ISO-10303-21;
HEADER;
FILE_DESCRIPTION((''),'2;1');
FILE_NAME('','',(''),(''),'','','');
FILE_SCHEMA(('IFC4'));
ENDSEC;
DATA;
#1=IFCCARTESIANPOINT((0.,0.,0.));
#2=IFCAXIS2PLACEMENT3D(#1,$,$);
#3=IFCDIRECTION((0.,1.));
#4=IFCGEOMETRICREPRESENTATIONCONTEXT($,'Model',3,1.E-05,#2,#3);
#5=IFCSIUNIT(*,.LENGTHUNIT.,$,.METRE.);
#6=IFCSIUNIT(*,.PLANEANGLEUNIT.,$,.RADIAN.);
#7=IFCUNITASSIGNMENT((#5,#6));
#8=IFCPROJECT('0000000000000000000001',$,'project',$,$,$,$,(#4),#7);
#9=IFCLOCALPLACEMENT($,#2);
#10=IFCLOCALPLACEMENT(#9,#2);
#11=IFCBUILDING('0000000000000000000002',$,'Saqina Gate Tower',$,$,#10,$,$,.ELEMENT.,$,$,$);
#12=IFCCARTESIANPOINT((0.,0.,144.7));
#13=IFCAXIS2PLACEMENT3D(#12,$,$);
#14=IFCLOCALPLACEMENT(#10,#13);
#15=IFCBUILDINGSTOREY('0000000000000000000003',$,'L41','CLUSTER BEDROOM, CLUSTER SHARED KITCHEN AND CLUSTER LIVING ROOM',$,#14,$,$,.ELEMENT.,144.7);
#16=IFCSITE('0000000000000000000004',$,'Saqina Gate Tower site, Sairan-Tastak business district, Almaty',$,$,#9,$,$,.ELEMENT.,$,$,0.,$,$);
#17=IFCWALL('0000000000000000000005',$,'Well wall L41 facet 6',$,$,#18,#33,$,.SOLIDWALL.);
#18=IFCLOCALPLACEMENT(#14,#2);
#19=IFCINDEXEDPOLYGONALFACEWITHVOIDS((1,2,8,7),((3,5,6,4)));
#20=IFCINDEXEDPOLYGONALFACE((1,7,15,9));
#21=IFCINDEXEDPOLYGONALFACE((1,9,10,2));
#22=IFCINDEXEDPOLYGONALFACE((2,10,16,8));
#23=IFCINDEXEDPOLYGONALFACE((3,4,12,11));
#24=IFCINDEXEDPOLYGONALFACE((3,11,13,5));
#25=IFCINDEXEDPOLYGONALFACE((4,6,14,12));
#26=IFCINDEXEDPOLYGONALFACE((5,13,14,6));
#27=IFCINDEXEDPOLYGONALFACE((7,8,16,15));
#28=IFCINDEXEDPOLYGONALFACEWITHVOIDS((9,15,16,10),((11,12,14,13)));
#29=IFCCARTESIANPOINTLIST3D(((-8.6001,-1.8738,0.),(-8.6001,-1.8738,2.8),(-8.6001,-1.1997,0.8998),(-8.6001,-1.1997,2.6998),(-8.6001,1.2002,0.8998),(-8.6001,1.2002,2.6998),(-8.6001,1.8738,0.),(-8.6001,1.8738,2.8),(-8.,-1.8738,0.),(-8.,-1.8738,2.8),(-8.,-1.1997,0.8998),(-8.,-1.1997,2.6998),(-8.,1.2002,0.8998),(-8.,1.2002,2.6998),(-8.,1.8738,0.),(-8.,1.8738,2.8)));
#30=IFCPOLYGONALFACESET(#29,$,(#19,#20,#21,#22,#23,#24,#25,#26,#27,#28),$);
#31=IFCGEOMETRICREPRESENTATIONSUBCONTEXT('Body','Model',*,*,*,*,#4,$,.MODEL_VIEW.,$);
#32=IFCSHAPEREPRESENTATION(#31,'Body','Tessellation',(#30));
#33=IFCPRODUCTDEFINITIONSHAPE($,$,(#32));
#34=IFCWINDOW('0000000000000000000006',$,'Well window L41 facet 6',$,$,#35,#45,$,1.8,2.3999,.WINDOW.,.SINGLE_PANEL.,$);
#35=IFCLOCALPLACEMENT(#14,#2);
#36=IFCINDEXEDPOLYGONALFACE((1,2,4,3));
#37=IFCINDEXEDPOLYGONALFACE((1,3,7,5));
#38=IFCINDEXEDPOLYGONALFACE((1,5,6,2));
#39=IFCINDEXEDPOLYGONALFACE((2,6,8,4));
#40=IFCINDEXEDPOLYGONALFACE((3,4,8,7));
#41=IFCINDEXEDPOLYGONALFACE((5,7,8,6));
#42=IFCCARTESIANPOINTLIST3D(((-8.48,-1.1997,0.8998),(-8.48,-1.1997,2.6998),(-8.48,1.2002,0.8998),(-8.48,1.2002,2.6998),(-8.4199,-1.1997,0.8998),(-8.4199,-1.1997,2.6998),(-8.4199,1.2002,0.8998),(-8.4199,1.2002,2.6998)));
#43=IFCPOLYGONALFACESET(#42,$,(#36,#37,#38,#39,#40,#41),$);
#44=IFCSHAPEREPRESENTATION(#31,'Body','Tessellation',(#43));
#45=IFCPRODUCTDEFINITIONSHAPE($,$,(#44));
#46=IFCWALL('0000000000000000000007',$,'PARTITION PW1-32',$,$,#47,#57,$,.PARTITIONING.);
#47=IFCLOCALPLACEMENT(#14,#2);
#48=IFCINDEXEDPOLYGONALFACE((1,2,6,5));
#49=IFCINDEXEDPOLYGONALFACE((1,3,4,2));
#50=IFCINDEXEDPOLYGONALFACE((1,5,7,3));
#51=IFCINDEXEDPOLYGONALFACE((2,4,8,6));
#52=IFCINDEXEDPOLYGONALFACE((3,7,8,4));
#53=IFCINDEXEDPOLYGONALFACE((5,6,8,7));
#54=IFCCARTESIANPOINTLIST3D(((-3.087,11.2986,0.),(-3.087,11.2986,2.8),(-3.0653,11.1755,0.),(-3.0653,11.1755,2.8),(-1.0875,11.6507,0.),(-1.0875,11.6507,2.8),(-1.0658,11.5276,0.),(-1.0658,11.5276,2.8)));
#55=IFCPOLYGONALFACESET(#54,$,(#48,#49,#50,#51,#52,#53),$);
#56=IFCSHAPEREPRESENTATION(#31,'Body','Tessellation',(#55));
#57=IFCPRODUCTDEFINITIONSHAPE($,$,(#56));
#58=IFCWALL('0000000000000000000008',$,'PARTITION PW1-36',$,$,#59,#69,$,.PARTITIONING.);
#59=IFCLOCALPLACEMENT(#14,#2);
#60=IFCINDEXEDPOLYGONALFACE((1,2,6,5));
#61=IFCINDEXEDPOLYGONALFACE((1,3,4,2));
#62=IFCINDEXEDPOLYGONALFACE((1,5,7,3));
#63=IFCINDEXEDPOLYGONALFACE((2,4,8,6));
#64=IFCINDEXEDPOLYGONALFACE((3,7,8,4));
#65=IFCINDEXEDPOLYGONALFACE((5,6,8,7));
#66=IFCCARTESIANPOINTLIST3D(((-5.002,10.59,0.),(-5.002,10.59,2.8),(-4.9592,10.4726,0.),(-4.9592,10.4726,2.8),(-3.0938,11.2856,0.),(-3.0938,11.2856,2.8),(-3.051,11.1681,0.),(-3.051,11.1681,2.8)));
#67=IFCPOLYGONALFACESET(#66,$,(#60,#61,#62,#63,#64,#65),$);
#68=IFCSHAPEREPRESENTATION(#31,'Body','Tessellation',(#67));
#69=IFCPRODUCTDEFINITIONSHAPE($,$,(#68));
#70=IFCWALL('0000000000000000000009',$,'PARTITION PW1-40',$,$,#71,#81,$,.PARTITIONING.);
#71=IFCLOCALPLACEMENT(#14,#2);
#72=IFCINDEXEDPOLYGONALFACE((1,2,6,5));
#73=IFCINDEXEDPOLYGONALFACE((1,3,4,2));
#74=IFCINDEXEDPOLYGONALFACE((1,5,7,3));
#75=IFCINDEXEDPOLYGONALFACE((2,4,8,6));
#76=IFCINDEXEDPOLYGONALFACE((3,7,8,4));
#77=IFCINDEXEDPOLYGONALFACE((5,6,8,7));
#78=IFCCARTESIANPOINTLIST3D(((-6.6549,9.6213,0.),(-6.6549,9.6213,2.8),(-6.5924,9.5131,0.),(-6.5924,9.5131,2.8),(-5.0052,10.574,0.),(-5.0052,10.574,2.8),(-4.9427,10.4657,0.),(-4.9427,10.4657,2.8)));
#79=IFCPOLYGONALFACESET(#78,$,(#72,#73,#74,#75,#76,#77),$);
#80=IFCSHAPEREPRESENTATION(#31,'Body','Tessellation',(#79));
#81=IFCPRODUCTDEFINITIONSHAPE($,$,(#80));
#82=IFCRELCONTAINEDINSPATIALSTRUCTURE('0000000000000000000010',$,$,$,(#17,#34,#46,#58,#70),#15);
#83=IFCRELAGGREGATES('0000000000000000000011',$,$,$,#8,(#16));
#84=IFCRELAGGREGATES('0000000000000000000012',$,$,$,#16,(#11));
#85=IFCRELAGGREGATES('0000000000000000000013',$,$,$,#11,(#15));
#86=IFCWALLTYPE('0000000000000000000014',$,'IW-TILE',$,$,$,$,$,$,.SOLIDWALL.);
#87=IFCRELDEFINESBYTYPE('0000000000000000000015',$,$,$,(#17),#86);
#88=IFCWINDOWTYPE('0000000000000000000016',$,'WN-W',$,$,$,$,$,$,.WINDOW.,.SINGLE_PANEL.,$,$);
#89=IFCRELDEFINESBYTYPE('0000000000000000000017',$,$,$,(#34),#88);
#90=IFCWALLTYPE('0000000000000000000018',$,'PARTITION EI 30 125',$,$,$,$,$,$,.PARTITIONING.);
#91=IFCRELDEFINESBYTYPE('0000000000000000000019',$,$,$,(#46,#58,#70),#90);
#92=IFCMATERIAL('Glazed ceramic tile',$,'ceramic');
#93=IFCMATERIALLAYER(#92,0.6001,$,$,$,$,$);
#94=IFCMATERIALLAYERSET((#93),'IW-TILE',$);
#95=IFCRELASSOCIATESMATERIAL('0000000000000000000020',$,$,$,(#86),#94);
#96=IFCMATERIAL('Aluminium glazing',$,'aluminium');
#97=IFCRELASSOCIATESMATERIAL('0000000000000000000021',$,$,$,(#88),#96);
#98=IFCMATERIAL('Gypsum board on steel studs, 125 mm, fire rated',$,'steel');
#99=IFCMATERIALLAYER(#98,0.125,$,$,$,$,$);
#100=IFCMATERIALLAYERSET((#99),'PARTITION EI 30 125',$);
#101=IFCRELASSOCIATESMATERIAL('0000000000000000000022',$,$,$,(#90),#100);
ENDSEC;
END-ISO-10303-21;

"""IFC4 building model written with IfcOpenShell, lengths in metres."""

from ifc_helpers import new_model, si_unit, direction, frame, frame_2d, origin, place, context, subcontext, project, spatial, rectangle, extrude, material, layer, layer_set, type_object, element, fill, save


model = new_model("IFC4")

# Units and contexts
model_context = context("Model", 3, precision=1e-05, world=origin(), true_north=direction((0.0, 1.0)))
body_context = subcontext(model_context, "Body", "Model", "MODEL_VIEW")
ifc_project = project(units=[si_unit("LENGTHUNIT", "METRE"), si_unit("PLANEANGLEUNIT", "RADIAN")], contexts=[model_context])

# Site, building, storey
site_placement = place(None, origin())
site = spatial("IfcSite", under=ifc_project, at=site_placement, Name="Saqina Gate Tower site, Sairan-Tastak business district, Almaty", CompositionType="ELEMENT", RefElevation=0.0)
building_placement = place(site_placement, origin())
building = spatial("IfcBuilding", under=site, at=building_placement, Name="Saqina Gate Tower", CompositionType="ELEMENT")
storey_placement = place(building_placement, frame((0.0, 0.0, 144.7)))
storey = spatial("IfcBuildingStorey", under=building, at=storey_placement, Name="L41", Description="CLUSTER BEDROOM, CLUSTER SHARED KITCHEN AND CLUSTER LIVING ROOM", CompositionType="ELEMENT", Elevation=144.7)

# Wall, opening, window
ifc_material_1 = material(Name="Glazed ceramic tile", Category="ceramic")
ifc_layer_1 = layer(ifc_material_1, 0.6001)
ifc_layer_set_1 = layer_set([ifc_layer_1], Name="IW-TILE")
wall_type_1 = type_object("IfcWallType", Name="IW-TILE", PredefinedType="SOLIDWALL", material=ifc_layer_set_1)
ifc_material_2 = material(Name="Aluminium glazing", Category="aluminium")
window_type = type_object("IfcWindowType", Name="WN-W", PartitioningType="SINGLE_PANEL", PredefinedType="WINDOW", material=ifc_material_2)
wall_1_placement = place(storey_placement, frame((-8.3, 1.8738, 0.0), z_axis=(0.0, 0.0, 1.0), x_axis=(0.0, -1.0, 0.0)))
wall_1 = element("IfcWall", 1, at=wall_1_placement, inside=storey, type_object=wall_type_1, Name="Well wall L41 facet 6", PredefinedType="SOLIDWALL", context=body_context, shape_type="SweptSolid", body=[
    extrude(rectangle(XDim=3.7476, YDim=0.6001, at=frame_2d((1.8738, 0.0))), origin(), (0.0, 0.0, 1.0), 2.8),
])
opening_1_placement = place(wall_1_placement, frame((0.6736, 0.0, 0.8999)))
opening_1 = element("IfcOpeningElement", 2, at=opening_1_placement, cuts=wall_1, PredefinedType="OPENING", context=body_context, shape_type="SweptSolid", body=[
    extrude(rectangle(XDim=2.3999, YDim=1.8, at=frame_2d((1.2, 0.8999))), frame((0.0, 0.312, 0.0), z_axis=(0.0, -1.0, 0.0), x_axis=(1.0, 0.0, 0.0)), (0.0, 0.0, 1.0), 0.624),
])
window_1_placement = place(opening_1_placement, origin())
window_1 = element("IfcWindow", 3, at=window_1_placement, inside=storey, type_object=window_type, Name="Well window L41 facet 6", OverallHeight=1.8, OverallWidth=2.3999, PartitioningType="SINGLE_PANEL", PredefinedType="WINDOW", context=body_context, shape_type="SweptSolid", body=[
    extrude(rectangle(XDim=2.3999, YDim=1.8, at=frame_2d((1.2, 0.8999))), frame((0.0, -0.1199, 0.0), z_axis=(0.0, -1.0, 0.0), x_axis=(1.0, 0.0, 0.0)), (0.0, 0.0, 1.0), 0.0601),
])
fill(opening_1, window_1)

# Walls
ifc_material_3 = material(Name="Gypsum board on steel studs, 125 mm, fire rated", Category="steel")
ifc_layer_2 = layer(ifc_material_3, 0.125)
ifc_layer_set_2 = layer_set([ifc_layer_2], Name="PARTITION EI 30 125")
wall_type_2 = type_object("IfcWallType", Name="PARTITION EI 30 125", PredefinedType="PARTITIONING", material=ifc_layer_set_2)
wall_2_placement = place(storey_placement, frame((-3.0762, 11.2371, 0.0), z_axis=(0.0, 0.0, 1.0), x_axis=(0.984851, 0.173401, 0.0)))
element("IfcWall", 4, at=wall_2_placement, inside=storey, type_object=wall_type_2, Name="PARTITION PW1-32", PredefinedType="PARTITIONING", context=body_context, shape_type="SweptSolid", body=[
    extrude(rectangle(XDim=2.0303, YDim=0.125, at=frame_2d((1.0151, 0.0))), origin(), (0.0, 0.0, 1.0), 2.8),
])
wall_3_placement = place(storey_placement, frame((-4.9807, 10.5312, 0.0), z_axis=(0.0, 0.0, 1.0), x_axis=(0.93953, 0.342467, 0.0)))
element("IfcWall", 5, at=wall_3_placement, inside=storey, type_object=wall_type_2, Name="PARTITION PW1-36", PredefinedType="PARTITIONING", context=body_context, shape_type="SweptSolid", body=[
    extrude(rectangle(XDim=2.031, YDim=0.125, at=frame_2d((1.0156, 0.0))), origin(), (0.0, 0.0, 1.0), 2.8),
])
wall_4_placement = place(storey_placement, frame((-6.6238, 9.5671, 0.0), z_axis=(0.0, 0.0, 1.0), x_axis=(0.865979, 0.500081, 0.0)))
element("IfcWall", 6, at=wall_4_placement, inside=storey, type_object=wall_type_2, Name="PARTITION PW1-40", PredefinedType="PARTITIONING", context=body_context, shape_type="SweptSolid", body=[
    extrude(rectangle(XDim=1.905, YDim=0.125, at=frame_2d((0.9526, 0.0))), origin(), (0.0, 0.0, 1.0), 2.8),
])

save(model, "model.ifc")
